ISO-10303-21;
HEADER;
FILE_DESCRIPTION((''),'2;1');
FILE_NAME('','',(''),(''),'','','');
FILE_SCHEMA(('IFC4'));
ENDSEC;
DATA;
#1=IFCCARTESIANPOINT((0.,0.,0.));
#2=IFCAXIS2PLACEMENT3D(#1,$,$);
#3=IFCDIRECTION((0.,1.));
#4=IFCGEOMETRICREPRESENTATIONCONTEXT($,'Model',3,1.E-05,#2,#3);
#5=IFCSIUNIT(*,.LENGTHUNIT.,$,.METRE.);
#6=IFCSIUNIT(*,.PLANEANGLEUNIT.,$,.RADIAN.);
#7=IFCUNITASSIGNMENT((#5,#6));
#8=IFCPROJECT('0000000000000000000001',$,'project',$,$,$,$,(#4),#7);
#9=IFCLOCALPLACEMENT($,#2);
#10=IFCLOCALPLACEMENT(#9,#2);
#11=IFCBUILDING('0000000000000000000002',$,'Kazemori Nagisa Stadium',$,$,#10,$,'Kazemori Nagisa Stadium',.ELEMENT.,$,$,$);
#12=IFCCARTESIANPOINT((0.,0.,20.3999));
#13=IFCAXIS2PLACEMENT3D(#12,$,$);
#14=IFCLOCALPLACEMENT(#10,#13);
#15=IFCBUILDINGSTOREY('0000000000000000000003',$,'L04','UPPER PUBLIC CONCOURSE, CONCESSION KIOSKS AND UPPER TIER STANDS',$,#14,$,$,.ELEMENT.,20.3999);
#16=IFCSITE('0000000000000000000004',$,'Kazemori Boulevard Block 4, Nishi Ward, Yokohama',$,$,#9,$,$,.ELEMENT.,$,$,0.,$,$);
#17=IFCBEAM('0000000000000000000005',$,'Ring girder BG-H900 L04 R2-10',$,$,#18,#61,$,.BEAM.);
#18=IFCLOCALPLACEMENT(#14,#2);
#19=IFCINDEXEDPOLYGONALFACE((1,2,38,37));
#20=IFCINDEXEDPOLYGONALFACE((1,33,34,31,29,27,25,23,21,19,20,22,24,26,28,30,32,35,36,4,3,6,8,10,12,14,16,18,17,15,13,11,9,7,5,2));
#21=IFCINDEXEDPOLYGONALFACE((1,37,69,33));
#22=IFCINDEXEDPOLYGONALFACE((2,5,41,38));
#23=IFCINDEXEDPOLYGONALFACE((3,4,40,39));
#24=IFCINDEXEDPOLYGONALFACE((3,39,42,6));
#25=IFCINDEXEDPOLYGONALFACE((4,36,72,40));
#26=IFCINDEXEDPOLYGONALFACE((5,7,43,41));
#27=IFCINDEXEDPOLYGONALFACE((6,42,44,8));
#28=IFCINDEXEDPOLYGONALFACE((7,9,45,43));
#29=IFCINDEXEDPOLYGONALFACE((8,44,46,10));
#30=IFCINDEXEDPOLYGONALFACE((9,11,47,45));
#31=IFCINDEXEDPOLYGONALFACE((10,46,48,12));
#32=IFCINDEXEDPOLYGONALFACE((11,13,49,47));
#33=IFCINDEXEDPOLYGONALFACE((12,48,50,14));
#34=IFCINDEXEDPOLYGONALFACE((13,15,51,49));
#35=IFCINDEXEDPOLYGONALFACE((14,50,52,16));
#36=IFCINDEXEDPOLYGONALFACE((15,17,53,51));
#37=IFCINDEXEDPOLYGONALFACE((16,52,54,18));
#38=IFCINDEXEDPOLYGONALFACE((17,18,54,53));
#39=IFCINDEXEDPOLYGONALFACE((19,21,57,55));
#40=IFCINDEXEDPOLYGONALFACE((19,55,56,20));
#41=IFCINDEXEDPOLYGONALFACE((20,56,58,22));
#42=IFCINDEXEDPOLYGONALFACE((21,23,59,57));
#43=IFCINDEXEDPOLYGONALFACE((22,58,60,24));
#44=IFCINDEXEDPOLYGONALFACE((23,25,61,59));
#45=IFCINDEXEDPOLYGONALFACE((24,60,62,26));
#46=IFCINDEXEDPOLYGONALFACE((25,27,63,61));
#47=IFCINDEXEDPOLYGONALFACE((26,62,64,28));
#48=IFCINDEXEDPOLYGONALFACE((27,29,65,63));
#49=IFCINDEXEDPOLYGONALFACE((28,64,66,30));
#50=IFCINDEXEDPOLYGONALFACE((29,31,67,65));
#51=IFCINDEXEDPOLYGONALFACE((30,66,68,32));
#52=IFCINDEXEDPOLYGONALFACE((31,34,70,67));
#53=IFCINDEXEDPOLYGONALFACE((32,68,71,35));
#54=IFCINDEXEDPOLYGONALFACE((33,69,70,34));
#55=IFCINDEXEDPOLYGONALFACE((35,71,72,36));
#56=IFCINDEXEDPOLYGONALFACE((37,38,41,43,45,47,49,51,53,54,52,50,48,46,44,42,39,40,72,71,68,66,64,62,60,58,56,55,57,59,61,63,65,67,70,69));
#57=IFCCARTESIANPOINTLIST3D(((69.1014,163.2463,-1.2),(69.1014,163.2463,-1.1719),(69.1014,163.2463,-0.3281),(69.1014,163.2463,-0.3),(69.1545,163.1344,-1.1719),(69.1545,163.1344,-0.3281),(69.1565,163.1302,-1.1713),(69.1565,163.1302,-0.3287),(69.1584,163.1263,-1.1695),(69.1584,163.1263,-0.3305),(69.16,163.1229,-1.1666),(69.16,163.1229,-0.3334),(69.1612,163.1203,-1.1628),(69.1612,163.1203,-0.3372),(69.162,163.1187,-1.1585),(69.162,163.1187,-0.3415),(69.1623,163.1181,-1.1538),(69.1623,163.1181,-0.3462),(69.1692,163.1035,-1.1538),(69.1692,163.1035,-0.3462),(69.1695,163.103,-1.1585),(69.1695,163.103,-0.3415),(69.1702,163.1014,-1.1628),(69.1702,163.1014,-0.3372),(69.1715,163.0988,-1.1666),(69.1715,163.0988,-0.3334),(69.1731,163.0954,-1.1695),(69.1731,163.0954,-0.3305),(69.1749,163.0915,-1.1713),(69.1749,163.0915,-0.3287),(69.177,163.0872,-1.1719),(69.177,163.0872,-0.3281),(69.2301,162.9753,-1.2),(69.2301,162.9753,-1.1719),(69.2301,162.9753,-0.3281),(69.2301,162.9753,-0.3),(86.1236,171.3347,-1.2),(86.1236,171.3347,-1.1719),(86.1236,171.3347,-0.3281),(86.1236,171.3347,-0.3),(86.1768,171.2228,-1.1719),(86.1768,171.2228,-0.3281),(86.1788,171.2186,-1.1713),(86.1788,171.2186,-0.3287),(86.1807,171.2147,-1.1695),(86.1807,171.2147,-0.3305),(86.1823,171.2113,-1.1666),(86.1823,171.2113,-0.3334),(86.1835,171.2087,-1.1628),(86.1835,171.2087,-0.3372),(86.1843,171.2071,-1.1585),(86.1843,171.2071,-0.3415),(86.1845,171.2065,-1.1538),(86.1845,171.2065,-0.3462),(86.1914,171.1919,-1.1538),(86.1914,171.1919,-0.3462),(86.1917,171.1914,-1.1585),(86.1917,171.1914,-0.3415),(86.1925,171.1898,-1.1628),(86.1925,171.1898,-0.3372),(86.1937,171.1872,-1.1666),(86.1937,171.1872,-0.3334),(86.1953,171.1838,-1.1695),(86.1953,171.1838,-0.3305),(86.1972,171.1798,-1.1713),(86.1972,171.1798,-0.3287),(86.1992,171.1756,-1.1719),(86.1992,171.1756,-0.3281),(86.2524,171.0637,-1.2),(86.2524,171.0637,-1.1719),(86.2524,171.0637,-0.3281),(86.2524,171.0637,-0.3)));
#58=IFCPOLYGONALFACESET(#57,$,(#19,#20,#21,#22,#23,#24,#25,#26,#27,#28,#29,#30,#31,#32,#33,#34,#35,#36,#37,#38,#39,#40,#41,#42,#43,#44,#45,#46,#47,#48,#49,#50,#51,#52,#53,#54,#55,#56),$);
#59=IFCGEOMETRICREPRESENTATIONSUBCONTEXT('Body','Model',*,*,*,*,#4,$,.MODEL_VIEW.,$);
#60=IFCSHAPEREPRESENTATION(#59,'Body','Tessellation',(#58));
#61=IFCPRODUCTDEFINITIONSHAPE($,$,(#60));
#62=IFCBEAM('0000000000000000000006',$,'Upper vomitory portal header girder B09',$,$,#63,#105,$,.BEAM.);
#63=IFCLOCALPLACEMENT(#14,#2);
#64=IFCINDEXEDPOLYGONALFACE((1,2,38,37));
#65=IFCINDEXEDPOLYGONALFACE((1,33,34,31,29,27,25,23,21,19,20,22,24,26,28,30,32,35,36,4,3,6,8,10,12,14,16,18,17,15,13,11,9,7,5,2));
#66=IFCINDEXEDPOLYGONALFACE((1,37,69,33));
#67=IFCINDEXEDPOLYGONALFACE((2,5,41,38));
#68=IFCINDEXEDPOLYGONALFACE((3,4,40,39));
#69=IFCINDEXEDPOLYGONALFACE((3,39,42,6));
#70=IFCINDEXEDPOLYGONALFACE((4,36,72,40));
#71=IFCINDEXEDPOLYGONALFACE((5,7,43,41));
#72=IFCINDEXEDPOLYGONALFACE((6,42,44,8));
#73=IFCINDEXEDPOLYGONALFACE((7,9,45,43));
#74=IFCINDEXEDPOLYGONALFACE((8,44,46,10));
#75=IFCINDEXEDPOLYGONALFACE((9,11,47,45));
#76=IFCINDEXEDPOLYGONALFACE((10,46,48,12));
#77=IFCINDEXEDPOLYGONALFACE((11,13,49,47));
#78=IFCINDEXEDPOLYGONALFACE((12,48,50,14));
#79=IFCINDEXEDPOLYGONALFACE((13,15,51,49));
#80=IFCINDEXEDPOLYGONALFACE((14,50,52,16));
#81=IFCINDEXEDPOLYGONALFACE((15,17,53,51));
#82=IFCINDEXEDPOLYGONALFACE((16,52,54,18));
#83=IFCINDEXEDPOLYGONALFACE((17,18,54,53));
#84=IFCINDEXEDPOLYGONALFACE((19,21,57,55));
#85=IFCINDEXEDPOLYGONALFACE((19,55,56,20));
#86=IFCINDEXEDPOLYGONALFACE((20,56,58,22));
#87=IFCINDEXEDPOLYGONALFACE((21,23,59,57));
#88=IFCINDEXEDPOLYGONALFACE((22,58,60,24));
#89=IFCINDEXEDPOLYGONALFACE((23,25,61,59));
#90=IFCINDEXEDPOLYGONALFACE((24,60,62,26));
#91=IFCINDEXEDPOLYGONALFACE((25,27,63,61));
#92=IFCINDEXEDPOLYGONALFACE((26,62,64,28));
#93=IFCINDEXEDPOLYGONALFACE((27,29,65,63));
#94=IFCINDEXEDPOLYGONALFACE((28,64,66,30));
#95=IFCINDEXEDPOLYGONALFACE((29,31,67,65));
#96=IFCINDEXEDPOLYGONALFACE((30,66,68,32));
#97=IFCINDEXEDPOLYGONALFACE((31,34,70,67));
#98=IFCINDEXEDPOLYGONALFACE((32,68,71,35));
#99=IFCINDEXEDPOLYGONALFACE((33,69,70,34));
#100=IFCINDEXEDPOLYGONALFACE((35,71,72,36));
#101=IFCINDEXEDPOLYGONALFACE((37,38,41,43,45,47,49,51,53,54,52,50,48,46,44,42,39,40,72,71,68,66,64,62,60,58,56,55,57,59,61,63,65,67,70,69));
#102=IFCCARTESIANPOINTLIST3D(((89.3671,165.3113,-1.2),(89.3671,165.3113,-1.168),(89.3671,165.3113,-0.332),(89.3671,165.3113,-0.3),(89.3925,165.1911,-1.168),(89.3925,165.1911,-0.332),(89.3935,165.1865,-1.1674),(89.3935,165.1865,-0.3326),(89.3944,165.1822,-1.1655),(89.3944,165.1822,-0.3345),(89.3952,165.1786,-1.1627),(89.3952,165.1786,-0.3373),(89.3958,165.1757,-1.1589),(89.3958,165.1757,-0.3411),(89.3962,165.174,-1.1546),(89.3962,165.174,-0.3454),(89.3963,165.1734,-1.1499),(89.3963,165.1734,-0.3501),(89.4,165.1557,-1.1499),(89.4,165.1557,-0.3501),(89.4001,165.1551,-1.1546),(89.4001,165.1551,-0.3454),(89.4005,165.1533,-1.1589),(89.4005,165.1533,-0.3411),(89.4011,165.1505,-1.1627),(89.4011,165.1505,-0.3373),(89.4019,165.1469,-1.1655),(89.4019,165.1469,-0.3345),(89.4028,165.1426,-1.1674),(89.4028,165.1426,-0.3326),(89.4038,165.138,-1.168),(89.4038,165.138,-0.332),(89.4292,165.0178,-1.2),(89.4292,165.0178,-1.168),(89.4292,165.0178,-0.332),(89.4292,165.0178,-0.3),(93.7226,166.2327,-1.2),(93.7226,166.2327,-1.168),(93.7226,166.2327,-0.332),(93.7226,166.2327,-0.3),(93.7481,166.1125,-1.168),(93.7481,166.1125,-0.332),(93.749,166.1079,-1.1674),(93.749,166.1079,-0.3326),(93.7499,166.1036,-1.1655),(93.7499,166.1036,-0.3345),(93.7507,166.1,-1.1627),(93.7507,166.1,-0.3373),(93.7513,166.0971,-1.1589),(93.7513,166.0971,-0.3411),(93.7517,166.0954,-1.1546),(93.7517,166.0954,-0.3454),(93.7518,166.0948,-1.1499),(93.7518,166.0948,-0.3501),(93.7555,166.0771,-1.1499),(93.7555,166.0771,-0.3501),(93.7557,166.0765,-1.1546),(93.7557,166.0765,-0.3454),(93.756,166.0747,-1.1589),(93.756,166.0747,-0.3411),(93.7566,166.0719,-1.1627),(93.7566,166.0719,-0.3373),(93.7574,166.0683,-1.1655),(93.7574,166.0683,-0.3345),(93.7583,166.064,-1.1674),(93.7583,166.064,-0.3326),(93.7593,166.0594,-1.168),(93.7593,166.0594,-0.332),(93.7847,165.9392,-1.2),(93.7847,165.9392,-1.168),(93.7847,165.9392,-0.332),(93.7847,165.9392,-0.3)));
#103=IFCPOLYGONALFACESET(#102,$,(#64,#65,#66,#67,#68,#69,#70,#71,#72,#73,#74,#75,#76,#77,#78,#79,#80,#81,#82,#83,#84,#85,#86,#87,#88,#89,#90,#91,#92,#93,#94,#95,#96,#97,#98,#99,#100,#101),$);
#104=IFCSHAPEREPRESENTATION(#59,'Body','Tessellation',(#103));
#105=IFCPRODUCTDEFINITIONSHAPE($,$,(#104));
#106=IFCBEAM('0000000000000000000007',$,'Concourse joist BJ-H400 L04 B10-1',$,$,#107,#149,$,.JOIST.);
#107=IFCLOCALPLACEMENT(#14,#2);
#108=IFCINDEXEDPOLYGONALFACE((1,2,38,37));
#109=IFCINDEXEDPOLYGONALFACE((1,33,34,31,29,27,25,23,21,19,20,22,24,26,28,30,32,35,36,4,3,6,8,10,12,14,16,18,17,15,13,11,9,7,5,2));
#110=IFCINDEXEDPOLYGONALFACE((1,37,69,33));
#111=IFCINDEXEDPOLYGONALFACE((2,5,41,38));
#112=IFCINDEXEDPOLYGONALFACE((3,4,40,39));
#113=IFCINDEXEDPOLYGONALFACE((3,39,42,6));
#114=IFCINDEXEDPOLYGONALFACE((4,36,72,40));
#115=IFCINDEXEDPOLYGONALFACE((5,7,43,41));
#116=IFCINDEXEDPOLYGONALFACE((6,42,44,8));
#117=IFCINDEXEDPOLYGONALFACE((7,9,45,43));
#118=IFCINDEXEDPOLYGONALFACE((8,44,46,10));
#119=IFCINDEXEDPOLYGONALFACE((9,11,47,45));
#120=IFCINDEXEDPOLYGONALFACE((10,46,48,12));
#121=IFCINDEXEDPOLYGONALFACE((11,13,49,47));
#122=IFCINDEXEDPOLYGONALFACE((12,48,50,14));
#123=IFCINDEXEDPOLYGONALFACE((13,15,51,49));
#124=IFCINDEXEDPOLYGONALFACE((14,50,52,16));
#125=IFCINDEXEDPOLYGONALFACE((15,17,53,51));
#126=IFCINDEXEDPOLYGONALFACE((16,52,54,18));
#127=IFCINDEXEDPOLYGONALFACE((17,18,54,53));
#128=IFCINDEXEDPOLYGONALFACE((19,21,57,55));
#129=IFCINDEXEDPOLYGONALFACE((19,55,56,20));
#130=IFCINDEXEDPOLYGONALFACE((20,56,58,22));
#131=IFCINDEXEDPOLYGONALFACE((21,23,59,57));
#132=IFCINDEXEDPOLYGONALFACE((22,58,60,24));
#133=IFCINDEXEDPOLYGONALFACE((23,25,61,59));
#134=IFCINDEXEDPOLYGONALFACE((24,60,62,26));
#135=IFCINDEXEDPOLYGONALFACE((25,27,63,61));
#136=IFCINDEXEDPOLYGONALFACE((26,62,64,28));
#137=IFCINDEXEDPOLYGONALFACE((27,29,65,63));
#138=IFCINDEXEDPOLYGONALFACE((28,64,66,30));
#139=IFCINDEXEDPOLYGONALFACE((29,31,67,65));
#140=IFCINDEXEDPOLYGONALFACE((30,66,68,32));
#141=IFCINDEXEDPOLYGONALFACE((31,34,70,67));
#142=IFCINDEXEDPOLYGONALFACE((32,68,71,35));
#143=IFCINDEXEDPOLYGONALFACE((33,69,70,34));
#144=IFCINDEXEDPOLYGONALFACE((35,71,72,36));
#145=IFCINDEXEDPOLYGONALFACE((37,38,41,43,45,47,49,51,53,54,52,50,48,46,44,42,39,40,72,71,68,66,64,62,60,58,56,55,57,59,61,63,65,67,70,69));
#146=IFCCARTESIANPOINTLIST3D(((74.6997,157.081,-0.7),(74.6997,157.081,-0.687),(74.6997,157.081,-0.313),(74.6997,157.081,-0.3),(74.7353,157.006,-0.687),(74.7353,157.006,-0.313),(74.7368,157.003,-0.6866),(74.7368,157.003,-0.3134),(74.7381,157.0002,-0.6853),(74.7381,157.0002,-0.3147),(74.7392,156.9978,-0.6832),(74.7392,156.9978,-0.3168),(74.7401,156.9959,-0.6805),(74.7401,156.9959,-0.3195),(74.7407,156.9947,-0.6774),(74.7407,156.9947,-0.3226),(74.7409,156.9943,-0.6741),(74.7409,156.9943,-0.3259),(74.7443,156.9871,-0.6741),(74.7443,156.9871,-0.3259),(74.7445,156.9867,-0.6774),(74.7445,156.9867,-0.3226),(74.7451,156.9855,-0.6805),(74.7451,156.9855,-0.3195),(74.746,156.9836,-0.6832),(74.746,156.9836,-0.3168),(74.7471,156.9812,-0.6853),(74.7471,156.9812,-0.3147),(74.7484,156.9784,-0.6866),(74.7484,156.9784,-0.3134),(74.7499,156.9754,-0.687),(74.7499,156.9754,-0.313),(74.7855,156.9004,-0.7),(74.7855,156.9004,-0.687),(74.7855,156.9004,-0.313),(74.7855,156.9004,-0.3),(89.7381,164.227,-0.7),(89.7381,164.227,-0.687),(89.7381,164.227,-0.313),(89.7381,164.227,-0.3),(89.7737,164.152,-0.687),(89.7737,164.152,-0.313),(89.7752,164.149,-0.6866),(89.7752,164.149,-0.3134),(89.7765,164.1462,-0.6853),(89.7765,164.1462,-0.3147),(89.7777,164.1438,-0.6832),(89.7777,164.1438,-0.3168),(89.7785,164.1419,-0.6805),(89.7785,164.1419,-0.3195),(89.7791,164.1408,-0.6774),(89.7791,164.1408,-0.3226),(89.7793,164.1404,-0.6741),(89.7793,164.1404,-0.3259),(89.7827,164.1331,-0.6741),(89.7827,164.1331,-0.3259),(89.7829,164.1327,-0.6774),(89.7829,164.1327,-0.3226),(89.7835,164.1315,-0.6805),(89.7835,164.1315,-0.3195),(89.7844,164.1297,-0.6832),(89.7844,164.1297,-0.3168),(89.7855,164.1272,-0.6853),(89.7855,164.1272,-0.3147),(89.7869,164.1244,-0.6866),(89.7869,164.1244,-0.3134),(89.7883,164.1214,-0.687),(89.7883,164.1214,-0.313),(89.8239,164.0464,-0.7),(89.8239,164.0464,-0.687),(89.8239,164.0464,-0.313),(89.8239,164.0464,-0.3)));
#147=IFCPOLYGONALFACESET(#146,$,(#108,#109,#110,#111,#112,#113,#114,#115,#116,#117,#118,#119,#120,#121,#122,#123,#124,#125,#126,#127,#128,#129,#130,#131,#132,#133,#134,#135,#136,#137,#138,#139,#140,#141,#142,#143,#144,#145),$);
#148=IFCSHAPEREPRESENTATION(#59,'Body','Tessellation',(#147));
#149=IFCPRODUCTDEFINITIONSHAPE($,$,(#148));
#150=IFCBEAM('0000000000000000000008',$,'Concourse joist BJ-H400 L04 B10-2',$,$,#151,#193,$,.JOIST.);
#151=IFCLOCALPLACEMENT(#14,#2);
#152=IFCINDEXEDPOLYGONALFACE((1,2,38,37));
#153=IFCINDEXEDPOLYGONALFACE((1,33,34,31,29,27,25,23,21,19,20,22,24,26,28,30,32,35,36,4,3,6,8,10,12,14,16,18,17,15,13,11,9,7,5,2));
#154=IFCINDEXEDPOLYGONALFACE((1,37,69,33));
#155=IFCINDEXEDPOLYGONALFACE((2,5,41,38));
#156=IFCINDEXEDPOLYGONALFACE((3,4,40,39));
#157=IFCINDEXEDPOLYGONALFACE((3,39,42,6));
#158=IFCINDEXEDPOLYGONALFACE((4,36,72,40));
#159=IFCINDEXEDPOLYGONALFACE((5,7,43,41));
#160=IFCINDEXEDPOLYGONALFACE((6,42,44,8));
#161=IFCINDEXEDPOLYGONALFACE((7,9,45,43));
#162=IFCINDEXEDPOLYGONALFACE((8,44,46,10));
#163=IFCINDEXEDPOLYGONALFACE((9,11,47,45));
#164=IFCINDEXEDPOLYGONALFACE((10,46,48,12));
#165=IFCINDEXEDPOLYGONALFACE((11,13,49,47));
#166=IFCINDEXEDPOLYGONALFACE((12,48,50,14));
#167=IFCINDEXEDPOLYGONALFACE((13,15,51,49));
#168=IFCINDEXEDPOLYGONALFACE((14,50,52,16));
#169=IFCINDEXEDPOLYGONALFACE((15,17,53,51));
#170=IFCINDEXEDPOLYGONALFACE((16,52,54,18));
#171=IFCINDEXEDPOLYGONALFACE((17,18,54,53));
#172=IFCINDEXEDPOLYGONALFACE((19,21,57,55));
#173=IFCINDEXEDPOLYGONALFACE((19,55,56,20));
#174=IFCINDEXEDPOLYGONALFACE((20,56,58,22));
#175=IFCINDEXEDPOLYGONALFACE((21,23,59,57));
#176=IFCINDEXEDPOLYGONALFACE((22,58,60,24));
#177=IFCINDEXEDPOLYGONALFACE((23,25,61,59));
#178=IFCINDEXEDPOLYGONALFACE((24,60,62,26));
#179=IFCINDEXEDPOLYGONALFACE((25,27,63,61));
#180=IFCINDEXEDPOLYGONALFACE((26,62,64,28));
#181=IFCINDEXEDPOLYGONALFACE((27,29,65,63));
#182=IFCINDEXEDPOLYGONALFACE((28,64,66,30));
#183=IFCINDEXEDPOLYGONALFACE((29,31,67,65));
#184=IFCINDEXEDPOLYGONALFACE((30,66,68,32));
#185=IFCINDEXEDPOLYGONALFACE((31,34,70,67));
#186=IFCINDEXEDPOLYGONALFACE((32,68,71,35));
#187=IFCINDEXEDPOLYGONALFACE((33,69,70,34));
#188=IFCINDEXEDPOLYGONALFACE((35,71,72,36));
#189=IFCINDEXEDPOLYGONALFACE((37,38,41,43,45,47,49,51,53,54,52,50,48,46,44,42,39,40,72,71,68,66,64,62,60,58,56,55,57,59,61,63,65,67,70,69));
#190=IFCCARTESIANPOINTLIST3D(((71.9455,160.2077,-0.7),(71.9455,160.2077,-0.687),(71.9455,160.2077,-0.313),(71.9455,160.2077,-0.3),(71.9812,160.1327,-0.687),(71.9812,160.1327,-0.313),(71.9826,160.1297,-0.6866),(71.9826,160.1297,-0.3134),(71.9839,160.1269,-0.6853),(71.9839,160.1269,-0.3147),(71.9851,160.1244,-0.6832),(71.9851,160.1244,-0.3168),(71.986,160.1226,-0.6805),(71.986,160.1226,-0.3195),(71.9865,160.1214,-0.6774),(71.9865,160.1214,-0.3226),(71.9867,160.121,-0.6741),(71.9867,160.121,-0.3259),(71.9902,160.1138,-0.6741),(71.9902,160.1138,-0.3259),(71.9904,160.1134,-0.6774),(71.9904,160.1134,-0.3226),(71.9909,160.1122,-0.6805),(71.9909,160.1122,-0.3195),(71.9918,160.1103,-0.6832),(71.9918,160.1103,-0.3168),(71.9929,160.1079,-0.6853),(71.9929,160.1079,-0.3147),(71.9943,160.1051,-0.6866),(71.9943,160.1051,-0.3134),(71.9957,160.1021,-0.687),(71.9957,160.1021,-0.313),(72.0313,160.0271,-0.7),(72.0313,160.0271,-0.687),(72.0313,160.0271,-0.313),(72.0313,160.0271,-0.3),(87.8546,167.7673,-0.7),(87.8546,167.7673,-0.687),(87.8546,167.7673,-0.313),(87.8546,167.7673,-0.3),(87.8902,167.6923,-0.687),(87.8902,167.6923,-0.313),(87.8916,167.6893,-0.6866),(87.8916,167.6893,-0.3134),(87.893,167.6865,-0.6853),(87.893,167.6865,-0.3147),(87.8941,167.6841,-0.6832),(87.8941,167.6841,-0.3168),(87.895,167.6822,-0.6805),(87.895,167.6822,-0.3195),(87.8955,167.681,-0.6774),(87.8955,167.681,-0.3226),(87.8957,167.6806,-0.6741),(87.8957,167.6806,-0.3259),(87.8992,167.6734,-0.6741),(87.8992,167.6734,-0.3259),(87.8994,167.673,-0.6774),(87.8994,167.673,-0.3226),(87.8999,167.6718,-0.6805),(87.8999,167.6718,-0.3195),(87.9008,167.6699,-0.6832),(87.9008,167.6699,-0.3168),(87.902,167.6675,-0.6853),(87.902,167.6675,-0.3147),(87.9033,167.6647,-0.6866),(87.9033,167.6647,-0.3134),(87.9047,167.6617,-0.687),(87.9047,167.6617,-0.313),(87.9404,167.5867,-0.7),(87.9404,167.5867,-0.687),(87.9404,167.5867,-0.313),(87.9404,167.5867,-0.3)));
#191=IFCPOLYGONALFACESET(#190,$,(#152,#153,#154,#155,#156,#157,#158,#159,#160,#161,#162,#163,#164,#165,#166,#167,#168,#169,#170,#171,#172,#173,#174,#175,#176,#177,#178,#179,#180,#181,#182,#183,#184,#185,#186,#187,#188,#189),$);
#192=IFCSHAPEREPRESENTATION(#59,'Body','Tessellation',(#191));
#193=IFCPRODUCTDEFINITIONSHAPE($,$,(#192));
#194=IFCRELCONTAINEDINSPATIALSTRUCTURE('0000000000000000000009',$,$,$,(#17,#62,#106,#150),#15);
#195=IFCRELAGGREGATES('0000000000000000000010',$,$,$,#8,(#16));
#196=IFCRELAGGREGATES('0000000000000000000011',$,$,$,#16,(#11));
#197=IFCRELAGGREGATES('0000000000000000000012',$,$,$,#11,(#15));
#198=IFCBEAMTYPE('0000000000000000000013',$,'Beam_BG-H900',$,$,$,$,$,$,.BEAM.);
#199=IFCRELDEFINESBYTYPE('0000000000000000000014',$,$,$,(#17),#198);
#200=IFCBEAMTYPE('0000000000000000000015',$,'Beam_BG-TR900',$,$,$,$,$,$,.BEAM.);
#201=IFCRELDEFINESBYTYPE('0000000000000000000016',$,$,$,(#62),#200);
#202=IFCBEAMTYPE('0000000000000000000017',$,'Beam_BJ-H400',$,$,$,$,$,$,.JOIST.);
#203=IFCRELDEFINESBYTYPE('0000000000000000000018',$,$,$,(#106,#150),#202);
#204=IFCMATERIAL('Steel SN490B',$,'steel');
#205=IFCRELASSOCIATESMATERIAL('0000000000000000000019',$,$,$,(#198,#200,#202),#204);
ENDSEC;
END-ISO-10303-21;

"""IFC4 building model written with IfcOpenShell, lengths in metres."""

from ifc_helpers import new_model, si_unit, direction, frame, origin, origin_2d, place, context, subcontext, project, spatial, i_section, extrude, material, material_profile, profile_set, type_object, element, save


model = new_model("IFC4")

# Units and contexts
model_context = context("Model", 3, precision=1e-05, world=origin(), true_north=direction((0.0, 1.0)))
body_context = subcontext(model_context, "Body", "Model", "MODEL_VIEW")
ifc_project = project(units=[si_unit("LENGTHUNIT", "METRE"), si_unit("PLANEANGLEUNIT", "RADIAN")], contexts=[model_context])

# Site, building, storey
site_placement = place(None, origin())
site = spatial("IfcSite", under=ifc_project, at=site_placement, Name="Kazemori Boulevard Block 4, Nishi Ward, Yokohama", CompositionType="ELEMENT", RefElevation=0.0)
building_placement = place(site_placement, origin())
building = spatial("IfcBuilding", under=site, at=building_placement, Name="Kazemori Nagisa Stadium", LongName="Kazemori Nagisa Stadium", CompositionType="ELEMENT")
storey_placement = place(building_placement, frame((0.0, 0.0, 20.3999)))
storey = spatial("IfcBuildingStorey", under=building, at=storey_placement, Name="L04", Description="UPPER PUBLIC CONCOURSE, CONCESSION KIOSKS AND UPPER TIER STANDS", CompositionType="ELEMENT", Elevation=20.3999)

# Beams
ifc_material_1 = material(Name="Steel SN490B", Category="steel")
ifc_material_profile_1 = material_profile(ifc_material_1, i_section(OverallWidth=0.3, OverallDepth=0.8999, WebThickness=0.0161, FlangeThickness=0.0281, FilletRadius=0.0181, at=origin_2d()), Name="H-900x300x16x28")
ifc_profile_set_1 = profile_set([ifc_material_profile_1], Name="Steel SN490B")
beam_type_1 = type_object("IfcBeamType", Name="Beam_BG-H900", PredefinedType="BEAM", material=ifc_profile_set_1)
beam_1_placement = place(storey_placement, frame((86.188, 171.1992, -0.75), z_axis=(-0.903219, -0.429179, 0.0), x_axis=(0.429179, -0.903219, 0.0)))
element("IfcBeam", 1, at=beam_1_placement, inside=storey, type_object=beam_type_1, Name="Ring girder BG-H900 L04 R2-10", PredefinedType="BEAM", context=body_context, shape_type="SweptSolid", body=[
    extrude(i_section(OverallWidth=0.3, OverallDepth=0.8999, WebThickness=0.0161, FlangeThickness=0.0281, FilletRadius=0.0181, at=origin_2d()), origin(), (0.0, 0.0, 1.0), 18.8462),
])
ifc_material_profile_2 = material_profile(ifc_material_1, i_section(OverallWidth=0.3, OverallDepth=0.8999, WebThickness=0.0181, FlangeThickness=0.032, FilletRadius=0.0181, at=origin_2d()), Name="H-900x300x18x32")
ifc_profile_set_2 = profile_set([ifc_material_profile_2], Name="Steel SN490B")
beam_type_2 = type_object("IfcBeamType", Name="Beam_BG-TR900", PredefinedType="BEAM", material=ifc_profile_set_2)
beam_2_placement = place(storey_placement, frame((93.7537, 166.0859, -0.75), z_axis=(-0.978348, -0.206967, 0.0), x_axis=(0.206967, -0.978348, 0.0)))
element("IfcBeam", 2, at=beam_2_placement, inside=storey, type_object=beam_type_2, Name="Upper vomitory portal header girder B09", PredefinedType="BEAM", context=body_context, shape_type="SweptSolid", body=[
    extrude(i_section(OverallWidth=0.3, OverallDepth=0.8999, WebThickness=0.0181, FlangeThickness=0.032, FilletRadius=0.0181, at=origin_2d()), origin(), (0.0, 0.0, 1.0), 4.4519),
])
ifc_material_profile_3 = material_profile(ifc_material_1, i_section(OverallWidth=0.2, OverallDepth=0.3999, WebThickness=0.0081, FlangeThickness=0.0129, FilletRadius=0.0129, at=origin_2d()), Name="H-400x200x8x13")
ifc_profile_set_3 = profile_set([ifc_material_profile_3], Name="Steel SN490B")
beam_type_3 = type_object("IfcBeamType", Name="Beam_BJ-H400", PredefinedType="JOIST", material=ifc_profile_set_3)
beam_3_placement = place(storey_placement, frame((89.781, 164.1367, -0.5), z_axis=(-0.903213, -0.429193, 0.0), x_axis=(0.429193, -0.903213, 0.0)))
element("IfcBeam", 3, at=beam_3_placement, inside=storey, type_object=beam_type_3, Name="Concourse joist BJ-H400 L04 B10-1", PredefinedType="JOIST", context=body_context, shape_type="SweptSolid", body=[
    extrude(i_section(OverallWidth=0.2, OverallDepth=0.3999, WebThickness=0.0081, FlangeThickness=0.0129, FilletRadius=0.0129, at=origin_2d()), origin(), (0.0, 0.0, 1.0), 16.6499),
])
beam_4_placement = place(storey_placement, frame((87.8975, 167.677, -0.5), z_axis=(-0.903215, -0.429188, 0.0), x_axis=(0.429188, -0.903215, 0.0)))
element("IfcBeam", 4, at=beam_4_placement, inside=storey, type_object=beam_type_3, Name="Concourse joist BJ-H400 L04 B10-2", PredefinedType="JOIST", context=body_context, shape_type="SweptSolid", body=[
    extrude(i_section(OverallWidth=0.2, OverallDepth=0.3999, WebThickness=0.0081, FlangeThickness=0.0129, FilletRadius=0.0129, at=origin_2d()), origin(), (0.0, 0.0, 1.0), 17.6138),
])

save(model, "model.ifc")
